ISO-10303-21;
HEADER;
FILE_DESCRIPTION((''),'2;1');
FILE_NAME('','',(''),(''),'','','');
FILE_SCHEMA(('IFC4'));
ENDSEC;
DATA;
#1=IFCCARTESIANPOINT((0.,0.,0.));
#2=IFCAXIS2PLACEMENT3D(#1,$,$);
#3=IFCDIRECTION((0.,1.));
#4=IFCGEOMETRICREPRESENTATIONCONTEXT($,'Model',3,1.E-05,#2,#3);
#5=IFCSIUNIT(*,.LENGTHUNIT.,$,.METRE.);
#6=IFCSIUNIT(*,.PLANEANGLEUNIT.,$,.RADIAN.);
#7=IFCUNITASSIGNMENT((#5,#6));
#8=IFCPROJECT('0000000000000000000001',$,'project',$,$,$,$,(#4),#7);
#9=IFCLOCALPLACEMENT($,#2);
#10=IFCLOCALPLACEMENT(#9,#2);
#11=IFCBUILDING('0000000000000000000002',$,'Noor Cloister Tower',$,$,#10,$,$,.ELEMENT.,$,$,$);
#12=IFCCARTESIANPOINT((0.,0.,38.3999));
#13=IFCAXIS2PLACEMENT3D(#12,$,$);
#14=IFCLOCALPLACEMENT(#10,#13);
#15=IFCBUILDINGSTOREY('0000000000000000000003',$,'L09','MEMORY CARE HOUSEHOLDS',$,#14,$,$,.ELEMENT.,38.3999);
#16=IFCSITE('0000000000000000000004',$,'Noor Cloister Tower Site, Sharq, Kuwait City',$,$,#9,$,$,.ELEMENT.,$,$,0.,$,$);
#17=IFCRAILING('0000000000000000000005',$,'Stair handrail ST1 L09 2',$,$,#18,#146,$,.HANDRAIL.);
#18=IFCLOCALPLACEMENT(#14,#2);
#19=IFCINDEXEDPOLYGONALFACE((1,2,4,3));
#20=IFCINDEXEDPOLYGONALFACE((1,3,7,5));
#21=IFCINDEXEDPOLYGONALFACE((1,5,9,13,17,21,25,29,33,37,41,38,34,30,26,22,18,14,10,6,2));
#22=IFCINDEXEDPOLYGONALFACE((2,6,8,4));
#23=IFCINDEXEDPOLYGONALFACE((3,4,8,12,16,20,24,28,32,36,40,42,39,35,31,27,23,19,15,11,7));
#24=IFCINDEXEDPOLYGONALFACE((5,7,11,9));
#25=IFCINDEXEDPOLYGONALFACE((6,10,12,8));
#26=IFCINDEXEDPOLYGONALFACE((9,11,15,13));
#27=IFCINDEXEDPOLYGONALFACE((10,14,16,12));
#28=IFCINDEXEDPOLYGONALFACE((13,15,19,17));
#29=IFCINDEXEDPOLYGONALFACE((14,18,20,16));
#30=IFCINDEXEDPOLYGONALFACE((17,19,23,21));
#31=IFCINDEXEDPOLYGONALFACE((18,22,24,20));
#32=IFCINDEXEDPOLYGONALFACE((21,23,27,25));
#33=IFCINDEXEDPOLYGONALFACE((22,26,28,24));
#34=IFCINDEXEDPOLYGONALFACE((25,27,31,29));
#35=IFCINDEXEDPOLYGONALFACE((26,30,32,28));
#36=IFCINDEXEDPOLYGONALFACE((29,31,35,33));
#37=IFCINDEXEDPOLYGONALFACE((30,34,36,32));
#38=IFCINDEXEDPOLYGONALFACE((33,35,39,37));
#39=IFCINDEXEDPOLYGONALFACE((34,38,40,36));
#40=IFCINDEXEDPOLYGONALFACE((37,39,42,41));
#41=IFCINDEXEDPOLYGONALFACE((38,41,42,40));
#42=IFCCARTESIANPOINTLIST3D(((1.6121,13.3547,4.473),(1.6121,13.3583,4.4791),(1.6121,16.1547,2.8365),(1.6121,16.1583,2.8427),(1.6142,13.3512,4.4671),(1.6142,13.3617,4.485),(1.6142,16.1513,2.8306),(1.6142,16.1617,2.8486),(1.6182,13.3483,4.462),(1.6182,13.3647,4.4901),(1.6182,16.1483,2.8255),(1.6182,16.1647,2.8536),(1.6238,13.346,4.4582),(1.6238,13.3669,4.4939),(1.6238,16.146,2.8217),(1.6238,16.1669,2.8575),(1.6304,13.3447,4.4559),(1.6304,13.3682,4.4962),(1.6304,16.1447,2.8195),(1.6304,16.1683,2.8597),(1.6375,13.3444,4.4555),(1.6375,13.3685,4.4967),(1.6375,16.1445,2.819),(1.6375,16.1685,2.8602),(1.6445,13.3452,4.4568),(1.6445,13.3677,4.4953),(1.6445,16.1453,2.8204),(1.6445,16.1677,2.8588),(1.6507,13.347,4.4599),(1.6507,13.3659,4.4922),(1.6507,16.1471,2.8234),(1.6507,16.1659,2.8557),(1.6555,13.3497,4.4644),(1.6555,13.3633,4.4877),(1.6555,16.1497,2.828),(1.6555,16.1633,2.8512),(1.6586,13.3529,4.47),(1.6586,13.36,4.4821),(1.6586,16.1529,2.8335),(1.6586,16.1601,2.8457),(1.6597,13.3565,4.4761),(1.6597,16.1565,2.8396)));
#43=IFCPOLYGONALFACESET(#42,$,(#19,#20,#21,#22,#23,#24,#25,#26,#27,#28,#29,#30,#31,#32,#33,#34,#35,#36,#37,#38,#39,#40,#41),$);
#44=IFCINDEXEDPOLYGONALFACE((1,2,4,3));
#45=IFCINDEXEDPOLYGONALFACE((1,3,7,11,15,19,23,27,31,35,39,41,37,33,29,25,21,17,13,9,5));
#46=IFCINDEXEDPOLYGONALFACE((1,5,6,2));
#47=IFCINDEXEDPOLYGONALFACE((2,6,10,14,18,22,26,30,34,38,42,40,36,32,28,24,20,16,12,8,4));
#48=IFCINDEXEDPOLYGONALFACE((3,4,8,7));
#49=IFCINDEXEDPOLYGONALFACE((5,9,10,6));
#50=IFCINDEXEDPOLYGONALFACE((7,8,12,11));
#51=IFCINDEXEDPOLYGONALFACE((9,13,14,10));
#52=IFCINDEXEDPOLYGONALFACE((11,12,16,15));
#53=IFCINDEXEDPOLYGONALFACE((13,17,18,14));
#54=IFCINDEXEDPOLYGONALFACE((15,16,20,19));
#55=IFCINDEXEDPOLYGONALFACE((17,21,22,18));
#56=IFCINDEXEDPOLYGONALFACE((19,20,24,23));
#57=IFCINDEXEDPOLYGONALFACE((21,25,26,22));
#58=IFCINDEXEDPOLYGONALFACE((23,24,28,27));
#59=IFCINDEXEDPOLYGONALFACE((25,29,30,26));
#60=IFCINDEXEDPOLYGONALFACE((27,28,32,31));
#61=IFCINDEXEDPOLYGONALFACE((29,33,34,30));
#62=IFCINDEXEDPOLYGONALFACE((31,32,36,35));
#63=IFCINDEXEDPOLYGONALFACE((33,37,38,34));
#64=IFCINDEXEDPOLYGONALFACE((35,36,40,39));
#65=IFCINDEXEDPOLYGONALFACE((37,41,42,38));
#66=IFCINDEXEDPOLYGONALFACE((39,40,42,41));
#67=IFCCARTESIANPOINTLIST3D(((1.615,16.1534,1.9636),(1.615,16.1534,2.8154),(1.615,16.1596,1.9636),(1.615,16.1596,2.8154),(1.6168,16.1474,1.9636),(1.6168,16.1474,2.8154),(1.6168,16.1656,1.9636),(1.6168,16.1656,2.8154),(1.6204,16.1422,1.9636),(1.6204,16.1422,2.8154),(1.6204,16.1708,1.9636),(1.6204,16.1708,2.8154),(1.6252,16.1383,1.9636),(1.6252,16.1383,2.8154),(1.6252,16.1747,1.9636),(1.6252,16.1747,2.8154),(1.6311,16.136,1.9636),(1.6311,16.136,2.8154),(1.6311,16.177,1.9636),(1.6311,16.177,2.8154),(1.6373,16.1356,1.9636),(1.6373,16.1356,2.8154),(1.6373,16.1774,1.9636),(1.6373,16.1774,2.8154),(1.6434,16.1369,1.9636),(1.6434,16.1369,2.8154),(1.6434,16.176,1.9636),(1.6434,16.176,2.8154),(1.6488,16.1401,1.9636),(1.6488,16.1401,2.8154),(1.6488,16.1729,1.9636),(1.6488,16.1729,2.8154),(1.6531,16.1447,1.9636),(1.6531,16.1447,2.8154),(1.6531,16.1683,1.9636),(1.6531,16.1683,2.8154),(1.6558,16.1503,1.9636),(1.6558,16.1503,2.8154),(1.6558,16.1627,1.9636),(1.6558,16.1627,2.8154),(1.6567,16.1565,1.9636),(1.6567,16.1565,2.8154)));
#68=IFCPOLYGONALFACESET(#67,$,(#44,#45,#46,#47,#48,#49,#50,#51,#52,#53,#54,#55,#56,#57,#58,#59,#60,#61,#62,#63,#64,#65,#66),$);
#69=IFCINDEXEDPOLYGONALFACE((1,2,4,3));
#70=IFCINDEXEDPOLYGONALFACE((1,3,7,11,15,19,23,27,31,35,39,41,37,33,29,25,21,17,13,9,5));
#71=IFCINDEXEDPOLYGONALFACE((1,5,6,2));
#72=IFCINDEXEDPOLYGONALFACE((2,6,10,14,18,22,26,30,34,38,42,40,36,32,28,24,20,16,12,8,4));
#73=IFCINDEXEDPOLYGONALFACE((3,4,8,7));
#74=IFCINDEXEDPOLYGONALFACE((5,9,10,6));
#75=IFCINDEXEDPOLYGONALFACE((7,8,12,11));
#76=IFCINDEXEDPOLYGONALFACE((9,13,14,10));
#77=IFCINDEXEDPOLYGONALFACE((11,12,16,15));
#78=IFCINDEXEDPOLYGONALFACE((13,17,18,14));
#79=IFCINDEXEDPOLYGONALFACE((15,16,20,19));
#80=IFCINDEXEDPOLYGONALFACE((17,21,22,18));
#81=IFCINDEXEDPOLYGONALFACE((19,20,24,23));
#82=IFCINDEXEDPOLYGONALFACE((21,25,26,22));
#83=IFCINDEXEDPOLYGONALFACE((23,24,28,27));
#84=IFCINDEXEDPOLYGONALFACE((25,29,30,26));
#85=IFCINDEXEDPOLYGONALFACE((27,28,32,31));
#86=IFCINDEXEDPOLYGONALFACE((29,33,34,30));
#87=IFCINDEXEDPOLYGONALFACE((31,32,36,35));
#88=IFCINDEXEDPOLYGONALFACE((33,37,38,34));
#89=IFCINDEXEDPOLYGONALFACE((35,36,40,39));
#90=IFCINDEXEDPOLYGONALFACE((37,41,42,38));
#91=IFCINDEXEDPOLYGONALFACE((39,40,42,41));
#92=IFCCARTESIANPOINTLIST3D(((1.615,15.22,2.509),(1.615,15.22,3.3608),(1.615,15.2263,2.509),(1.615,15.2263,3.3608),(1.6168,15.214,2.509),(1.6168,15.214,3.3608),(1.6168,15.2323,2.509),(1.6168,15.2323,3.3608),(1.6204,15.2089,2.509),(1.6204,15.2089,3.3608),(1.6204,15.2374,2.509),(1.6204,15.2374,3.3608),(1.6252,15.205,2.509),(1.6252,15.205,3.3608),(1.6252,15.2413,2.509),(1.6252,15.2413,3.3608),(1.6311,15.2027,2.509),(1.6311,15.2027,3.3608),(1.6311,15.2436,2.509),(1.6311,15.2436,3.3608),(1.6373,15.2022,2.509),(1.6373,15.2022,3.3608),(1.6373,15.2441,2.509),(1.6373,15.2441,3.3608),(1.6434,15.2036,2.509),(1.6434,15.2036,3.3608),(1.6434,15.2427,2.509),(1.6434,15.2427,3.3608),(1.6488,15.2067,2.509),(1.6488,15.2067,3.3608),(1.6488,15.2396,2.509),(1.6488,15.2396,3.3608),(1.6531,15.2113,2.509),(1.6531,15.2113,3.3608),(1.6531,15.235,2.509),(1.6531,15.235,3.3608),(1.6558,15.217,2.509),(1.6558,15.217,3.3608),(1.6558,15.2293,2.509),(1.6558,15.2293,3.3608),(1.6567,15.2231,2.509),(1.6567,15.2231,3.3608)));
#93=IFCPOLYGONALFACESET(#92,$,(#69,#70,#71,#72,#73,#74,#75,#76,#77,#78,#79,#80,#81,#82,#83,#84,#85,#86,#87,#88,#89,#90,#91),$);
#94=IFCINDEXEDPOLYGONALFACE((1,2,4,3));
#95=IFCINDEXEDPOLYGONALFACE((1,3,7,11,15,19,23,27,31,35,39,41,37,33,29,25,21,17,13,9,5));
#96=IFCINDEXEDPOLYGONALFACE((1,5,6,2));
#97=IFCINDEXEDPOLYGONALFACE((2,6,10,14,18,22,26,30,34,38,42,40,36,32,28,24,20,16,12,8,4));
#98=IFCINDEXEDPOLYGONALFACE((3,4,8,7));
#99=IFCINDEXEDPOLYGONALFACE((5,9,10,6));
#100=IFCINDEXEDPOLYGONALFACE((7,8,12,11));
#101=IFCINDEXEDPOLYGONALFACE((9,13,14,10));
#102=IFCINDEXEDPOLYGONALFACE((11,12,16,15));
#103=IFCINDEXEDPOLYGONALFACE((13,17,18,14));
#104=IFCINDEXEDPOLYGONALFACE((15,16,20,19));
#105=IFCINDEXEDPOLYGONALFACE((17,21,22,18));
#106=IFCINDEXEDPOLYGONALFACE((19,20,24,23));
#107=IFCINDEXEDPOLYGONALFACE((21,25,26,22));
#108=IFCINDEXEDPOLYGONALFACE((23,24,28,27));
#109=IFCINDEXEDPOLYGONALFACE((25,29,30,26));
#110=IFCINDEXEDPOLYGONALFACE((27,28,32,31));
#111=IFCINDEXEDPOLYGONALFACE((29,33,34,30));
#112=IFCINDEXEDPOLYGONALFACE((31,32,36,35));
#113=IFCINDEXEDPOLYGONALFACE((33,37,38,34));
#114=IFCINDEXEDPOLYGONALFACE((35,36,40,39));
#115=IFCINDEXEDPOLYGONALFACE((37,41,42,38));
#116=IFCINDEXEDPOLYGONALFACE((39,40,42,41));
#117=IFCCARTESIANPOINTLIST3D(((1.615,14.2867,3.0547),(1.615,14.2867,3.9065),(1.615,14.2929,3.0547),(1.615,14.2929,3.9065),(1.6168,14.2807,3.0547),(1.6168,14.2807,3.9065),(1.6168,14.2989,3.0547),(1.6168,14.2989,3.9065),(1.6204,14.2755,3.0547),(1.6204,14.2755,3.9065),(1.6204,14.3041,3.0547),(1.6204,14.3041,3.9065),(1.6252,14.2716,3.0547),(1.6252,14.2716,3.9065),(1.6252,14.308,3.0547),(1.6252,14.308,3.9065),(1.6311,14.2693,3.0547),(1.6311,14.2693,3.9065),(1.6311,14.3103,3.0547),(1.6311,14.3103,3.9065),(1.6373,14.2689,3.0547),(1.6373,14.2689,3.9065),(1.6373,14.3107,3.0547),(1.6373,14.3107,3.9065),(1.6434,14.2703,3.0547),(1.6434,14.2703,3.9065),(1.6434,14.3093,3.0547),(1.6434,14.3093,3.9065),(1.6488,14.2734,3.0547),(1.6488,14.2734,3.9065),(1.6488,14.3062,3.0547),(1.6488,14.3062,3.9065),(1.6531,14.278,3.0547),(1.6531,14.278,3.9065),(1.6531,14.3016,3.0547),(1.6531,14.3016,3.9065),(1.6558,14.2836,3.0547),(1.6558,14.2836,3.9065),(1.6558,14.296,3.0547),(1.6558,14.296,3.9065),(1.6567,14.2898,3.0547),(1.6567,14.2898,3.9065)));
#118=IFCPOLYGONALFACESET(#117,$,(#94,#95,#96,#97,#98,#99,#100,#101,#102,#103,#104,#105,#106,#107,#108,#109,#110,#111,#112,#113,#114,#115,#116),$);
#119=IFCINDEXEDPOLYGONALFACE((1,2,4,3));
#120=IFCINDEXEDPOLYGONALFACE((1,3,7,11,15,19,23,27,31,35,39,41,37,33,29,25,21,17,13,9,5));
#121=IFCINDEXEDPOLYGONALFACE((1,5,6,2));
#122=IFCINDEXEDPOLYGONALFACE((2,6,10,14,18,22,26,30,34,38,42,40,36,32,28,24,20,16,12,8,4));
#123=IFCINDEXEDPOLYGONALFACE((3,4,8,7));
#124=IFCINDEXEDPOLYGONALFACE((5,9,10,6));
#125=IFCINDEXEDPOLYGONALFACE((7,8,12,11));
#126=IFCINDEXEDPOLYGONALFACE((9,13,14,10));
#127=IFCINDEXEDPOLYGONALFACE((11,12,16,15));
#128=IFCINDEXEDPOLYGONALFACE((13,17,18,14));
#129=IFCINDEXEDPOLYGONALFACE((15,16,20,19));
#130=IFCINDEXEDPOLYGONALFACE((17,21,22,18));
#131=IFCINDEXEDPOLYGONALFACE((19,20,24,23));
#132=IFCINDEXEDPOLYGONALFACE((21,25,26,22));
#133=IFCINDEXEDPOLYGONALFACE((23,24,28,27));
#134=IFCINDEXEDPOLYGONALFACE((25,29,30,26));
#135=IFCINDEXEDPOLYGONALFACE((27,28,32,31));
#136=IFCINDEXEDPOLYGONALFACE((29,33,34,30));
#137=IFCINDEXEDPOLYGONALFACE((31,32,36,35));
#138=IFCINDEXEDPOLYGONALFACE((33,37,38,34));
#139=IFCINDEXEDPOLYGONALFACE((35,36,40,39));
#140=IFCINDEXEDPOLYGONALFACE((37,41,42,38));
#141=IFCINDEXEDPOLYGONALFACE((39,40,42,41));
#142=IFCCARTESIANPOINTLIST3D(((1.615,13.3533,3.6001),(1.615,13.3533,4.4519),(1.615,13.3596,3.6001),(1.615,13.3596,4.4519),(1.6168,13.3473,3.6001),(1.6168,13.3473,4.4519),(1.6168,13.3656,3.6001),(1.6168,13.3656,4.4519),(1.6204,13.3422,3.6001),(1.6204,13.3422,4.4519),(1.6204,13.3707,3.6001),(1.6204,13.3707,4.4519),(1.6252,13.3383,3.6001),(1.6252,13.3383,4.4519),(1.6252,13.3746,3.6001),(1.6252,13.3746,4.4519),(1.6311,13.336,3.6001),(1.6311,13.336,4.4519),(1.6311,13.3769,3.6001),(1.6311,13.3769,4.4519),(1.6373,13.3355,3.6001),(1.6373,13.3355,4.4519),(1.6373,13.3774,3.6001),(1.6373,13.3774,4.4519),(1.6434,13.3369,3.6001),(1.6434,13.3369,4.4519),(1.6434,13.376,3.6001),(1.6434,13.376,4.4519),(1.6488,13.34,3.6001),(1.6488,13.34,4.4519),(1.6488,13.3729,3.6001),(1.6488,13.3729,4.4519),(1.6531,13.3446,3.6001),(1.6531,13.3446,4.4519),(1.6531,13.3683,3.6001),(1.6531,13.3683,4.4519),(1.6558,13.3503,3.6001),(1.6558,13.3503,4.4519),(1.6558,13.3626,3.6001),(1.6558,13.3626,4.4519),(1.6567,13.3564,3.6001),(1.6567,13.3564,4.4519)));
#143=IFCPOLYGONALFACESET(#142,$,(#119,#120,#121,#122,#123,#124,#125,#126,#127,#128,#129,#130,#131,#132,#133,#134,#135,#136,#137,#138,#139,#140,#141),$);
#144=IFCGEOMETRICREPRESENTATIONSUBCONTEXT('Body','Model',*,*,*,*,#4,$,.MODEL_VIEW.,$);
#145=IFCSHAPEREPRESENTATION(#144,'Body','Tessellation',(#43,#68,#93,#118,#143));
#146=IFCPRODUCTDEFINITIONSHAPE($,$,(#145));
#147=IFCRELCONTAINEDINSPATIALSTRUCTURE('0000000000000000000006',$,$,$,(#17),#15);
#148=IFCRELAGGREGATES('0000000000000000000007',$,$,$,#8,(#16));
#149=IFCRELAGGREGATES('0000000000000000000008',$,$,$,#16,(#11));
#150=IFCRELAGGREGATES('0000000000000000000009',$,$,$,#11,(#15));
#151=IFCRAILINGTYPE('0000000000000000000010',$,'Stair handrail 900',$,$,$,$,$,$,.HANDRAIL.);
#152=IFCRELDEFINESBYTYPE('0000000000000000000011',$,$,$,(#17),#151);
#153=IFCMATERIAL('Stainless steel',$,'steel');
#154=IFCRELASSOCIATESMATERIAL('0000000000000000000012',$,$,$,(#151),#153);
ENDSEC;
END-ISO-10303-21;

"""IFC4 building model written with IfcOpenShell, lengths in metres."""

from ifc_helpers import new_model, si_unit, direction, frame, origin, origin_2d, place, context, subcontext, project, spatial, circle, extrude, material, type_object, element, save


model = new_model("IFC4")

# Units and contexts
model_context = context("Model", 3, precision=1e-05, world=origin(), true_north=direction((0.0, 1.0)))
body_context = subcontext(model_context, "Body", "Model", "MODEL_VIEW")
ifc_project = project(units=[si_unit("LENGTHUNIT", "METRE"), si_unit("PLANEANGLEUNIT", "RADIAN")], contexts=[model_context])

# Site, building, storey
site_placement = place(None, origin())
site = spatial("IfcSite", under=ifc_project, at=site_placement, Name="Noor Cloister Tower Site, Sharq, Kuwait City", CompositionType="ELEMENT", RefElevation=0.0)
building_placement = place(site_placement, origin())
building = spatial("IfcBuilding", under=site, at=building_placement, Name="Noor Cloister Tower", CompositionType="ELEMENT")
storey_placement = place(building_placement, frame((0.0, 0.0, 38.3999)))
storey = spatial("IfcBuildingStorey", under=building, at=storey_placement, Name="L09", Description="MEMORY CARE HOUSEHOLDS", CompositionType="ELEMENT", Elevation=38.3999)

# Railing
ifc_material_1 = material(Name="Stainless steel", Category="steel")
railing_type_1 = type_object("IfcRailingType", Name="Stair handrail 900", PredefinedType="HANDRAIL", material=ifc_material_1)
railing_1_placement = place(storey_placement, frame((1.6357, 16.1565, 1.9636)))
element("IfcRailing", 1, at=railing_1_placement, inside=storey, type_object=railing_type_1, Name="Stair handrail ST1 L09 2", PredefinedType="HANDRAIL", context=body_context, shape_type="SweptSolid", body=[
    extrude(circle(Radius=0.0239, at=origin_2d()), frame((0.0, 0.0, 0.876), z_axis=(0.0, -0.863361, 0.504587), x_axis=(1.0, 0.0, 0.0)), (0.0, 0.0, 1.0), 3.2432),
    extrude(circle(Radius=0.021, at=origin_2d()), origin(), (0.0, 0.0, 1.0), 0.8518),
    extrude(circle(Radius=0.021, at=origin_2d()), frame((0.0, -0.9333, 0.5454)), (0.0, 0.0, 1.0), 0.8518),
    extrude(circle(Radius=0.021, at=origin_2d()), frame((0.0, -1.8667, 1.0911)), (0.0, 0.0, 1.0), 0.8518),
    extrude(circle(Radius=0.021, at=origin_2d()), frame((0.0, -2.8, 1.6365)), (0.0, 0.0, 1.0), 0.8518),
])

save(model, "model.ifc")
